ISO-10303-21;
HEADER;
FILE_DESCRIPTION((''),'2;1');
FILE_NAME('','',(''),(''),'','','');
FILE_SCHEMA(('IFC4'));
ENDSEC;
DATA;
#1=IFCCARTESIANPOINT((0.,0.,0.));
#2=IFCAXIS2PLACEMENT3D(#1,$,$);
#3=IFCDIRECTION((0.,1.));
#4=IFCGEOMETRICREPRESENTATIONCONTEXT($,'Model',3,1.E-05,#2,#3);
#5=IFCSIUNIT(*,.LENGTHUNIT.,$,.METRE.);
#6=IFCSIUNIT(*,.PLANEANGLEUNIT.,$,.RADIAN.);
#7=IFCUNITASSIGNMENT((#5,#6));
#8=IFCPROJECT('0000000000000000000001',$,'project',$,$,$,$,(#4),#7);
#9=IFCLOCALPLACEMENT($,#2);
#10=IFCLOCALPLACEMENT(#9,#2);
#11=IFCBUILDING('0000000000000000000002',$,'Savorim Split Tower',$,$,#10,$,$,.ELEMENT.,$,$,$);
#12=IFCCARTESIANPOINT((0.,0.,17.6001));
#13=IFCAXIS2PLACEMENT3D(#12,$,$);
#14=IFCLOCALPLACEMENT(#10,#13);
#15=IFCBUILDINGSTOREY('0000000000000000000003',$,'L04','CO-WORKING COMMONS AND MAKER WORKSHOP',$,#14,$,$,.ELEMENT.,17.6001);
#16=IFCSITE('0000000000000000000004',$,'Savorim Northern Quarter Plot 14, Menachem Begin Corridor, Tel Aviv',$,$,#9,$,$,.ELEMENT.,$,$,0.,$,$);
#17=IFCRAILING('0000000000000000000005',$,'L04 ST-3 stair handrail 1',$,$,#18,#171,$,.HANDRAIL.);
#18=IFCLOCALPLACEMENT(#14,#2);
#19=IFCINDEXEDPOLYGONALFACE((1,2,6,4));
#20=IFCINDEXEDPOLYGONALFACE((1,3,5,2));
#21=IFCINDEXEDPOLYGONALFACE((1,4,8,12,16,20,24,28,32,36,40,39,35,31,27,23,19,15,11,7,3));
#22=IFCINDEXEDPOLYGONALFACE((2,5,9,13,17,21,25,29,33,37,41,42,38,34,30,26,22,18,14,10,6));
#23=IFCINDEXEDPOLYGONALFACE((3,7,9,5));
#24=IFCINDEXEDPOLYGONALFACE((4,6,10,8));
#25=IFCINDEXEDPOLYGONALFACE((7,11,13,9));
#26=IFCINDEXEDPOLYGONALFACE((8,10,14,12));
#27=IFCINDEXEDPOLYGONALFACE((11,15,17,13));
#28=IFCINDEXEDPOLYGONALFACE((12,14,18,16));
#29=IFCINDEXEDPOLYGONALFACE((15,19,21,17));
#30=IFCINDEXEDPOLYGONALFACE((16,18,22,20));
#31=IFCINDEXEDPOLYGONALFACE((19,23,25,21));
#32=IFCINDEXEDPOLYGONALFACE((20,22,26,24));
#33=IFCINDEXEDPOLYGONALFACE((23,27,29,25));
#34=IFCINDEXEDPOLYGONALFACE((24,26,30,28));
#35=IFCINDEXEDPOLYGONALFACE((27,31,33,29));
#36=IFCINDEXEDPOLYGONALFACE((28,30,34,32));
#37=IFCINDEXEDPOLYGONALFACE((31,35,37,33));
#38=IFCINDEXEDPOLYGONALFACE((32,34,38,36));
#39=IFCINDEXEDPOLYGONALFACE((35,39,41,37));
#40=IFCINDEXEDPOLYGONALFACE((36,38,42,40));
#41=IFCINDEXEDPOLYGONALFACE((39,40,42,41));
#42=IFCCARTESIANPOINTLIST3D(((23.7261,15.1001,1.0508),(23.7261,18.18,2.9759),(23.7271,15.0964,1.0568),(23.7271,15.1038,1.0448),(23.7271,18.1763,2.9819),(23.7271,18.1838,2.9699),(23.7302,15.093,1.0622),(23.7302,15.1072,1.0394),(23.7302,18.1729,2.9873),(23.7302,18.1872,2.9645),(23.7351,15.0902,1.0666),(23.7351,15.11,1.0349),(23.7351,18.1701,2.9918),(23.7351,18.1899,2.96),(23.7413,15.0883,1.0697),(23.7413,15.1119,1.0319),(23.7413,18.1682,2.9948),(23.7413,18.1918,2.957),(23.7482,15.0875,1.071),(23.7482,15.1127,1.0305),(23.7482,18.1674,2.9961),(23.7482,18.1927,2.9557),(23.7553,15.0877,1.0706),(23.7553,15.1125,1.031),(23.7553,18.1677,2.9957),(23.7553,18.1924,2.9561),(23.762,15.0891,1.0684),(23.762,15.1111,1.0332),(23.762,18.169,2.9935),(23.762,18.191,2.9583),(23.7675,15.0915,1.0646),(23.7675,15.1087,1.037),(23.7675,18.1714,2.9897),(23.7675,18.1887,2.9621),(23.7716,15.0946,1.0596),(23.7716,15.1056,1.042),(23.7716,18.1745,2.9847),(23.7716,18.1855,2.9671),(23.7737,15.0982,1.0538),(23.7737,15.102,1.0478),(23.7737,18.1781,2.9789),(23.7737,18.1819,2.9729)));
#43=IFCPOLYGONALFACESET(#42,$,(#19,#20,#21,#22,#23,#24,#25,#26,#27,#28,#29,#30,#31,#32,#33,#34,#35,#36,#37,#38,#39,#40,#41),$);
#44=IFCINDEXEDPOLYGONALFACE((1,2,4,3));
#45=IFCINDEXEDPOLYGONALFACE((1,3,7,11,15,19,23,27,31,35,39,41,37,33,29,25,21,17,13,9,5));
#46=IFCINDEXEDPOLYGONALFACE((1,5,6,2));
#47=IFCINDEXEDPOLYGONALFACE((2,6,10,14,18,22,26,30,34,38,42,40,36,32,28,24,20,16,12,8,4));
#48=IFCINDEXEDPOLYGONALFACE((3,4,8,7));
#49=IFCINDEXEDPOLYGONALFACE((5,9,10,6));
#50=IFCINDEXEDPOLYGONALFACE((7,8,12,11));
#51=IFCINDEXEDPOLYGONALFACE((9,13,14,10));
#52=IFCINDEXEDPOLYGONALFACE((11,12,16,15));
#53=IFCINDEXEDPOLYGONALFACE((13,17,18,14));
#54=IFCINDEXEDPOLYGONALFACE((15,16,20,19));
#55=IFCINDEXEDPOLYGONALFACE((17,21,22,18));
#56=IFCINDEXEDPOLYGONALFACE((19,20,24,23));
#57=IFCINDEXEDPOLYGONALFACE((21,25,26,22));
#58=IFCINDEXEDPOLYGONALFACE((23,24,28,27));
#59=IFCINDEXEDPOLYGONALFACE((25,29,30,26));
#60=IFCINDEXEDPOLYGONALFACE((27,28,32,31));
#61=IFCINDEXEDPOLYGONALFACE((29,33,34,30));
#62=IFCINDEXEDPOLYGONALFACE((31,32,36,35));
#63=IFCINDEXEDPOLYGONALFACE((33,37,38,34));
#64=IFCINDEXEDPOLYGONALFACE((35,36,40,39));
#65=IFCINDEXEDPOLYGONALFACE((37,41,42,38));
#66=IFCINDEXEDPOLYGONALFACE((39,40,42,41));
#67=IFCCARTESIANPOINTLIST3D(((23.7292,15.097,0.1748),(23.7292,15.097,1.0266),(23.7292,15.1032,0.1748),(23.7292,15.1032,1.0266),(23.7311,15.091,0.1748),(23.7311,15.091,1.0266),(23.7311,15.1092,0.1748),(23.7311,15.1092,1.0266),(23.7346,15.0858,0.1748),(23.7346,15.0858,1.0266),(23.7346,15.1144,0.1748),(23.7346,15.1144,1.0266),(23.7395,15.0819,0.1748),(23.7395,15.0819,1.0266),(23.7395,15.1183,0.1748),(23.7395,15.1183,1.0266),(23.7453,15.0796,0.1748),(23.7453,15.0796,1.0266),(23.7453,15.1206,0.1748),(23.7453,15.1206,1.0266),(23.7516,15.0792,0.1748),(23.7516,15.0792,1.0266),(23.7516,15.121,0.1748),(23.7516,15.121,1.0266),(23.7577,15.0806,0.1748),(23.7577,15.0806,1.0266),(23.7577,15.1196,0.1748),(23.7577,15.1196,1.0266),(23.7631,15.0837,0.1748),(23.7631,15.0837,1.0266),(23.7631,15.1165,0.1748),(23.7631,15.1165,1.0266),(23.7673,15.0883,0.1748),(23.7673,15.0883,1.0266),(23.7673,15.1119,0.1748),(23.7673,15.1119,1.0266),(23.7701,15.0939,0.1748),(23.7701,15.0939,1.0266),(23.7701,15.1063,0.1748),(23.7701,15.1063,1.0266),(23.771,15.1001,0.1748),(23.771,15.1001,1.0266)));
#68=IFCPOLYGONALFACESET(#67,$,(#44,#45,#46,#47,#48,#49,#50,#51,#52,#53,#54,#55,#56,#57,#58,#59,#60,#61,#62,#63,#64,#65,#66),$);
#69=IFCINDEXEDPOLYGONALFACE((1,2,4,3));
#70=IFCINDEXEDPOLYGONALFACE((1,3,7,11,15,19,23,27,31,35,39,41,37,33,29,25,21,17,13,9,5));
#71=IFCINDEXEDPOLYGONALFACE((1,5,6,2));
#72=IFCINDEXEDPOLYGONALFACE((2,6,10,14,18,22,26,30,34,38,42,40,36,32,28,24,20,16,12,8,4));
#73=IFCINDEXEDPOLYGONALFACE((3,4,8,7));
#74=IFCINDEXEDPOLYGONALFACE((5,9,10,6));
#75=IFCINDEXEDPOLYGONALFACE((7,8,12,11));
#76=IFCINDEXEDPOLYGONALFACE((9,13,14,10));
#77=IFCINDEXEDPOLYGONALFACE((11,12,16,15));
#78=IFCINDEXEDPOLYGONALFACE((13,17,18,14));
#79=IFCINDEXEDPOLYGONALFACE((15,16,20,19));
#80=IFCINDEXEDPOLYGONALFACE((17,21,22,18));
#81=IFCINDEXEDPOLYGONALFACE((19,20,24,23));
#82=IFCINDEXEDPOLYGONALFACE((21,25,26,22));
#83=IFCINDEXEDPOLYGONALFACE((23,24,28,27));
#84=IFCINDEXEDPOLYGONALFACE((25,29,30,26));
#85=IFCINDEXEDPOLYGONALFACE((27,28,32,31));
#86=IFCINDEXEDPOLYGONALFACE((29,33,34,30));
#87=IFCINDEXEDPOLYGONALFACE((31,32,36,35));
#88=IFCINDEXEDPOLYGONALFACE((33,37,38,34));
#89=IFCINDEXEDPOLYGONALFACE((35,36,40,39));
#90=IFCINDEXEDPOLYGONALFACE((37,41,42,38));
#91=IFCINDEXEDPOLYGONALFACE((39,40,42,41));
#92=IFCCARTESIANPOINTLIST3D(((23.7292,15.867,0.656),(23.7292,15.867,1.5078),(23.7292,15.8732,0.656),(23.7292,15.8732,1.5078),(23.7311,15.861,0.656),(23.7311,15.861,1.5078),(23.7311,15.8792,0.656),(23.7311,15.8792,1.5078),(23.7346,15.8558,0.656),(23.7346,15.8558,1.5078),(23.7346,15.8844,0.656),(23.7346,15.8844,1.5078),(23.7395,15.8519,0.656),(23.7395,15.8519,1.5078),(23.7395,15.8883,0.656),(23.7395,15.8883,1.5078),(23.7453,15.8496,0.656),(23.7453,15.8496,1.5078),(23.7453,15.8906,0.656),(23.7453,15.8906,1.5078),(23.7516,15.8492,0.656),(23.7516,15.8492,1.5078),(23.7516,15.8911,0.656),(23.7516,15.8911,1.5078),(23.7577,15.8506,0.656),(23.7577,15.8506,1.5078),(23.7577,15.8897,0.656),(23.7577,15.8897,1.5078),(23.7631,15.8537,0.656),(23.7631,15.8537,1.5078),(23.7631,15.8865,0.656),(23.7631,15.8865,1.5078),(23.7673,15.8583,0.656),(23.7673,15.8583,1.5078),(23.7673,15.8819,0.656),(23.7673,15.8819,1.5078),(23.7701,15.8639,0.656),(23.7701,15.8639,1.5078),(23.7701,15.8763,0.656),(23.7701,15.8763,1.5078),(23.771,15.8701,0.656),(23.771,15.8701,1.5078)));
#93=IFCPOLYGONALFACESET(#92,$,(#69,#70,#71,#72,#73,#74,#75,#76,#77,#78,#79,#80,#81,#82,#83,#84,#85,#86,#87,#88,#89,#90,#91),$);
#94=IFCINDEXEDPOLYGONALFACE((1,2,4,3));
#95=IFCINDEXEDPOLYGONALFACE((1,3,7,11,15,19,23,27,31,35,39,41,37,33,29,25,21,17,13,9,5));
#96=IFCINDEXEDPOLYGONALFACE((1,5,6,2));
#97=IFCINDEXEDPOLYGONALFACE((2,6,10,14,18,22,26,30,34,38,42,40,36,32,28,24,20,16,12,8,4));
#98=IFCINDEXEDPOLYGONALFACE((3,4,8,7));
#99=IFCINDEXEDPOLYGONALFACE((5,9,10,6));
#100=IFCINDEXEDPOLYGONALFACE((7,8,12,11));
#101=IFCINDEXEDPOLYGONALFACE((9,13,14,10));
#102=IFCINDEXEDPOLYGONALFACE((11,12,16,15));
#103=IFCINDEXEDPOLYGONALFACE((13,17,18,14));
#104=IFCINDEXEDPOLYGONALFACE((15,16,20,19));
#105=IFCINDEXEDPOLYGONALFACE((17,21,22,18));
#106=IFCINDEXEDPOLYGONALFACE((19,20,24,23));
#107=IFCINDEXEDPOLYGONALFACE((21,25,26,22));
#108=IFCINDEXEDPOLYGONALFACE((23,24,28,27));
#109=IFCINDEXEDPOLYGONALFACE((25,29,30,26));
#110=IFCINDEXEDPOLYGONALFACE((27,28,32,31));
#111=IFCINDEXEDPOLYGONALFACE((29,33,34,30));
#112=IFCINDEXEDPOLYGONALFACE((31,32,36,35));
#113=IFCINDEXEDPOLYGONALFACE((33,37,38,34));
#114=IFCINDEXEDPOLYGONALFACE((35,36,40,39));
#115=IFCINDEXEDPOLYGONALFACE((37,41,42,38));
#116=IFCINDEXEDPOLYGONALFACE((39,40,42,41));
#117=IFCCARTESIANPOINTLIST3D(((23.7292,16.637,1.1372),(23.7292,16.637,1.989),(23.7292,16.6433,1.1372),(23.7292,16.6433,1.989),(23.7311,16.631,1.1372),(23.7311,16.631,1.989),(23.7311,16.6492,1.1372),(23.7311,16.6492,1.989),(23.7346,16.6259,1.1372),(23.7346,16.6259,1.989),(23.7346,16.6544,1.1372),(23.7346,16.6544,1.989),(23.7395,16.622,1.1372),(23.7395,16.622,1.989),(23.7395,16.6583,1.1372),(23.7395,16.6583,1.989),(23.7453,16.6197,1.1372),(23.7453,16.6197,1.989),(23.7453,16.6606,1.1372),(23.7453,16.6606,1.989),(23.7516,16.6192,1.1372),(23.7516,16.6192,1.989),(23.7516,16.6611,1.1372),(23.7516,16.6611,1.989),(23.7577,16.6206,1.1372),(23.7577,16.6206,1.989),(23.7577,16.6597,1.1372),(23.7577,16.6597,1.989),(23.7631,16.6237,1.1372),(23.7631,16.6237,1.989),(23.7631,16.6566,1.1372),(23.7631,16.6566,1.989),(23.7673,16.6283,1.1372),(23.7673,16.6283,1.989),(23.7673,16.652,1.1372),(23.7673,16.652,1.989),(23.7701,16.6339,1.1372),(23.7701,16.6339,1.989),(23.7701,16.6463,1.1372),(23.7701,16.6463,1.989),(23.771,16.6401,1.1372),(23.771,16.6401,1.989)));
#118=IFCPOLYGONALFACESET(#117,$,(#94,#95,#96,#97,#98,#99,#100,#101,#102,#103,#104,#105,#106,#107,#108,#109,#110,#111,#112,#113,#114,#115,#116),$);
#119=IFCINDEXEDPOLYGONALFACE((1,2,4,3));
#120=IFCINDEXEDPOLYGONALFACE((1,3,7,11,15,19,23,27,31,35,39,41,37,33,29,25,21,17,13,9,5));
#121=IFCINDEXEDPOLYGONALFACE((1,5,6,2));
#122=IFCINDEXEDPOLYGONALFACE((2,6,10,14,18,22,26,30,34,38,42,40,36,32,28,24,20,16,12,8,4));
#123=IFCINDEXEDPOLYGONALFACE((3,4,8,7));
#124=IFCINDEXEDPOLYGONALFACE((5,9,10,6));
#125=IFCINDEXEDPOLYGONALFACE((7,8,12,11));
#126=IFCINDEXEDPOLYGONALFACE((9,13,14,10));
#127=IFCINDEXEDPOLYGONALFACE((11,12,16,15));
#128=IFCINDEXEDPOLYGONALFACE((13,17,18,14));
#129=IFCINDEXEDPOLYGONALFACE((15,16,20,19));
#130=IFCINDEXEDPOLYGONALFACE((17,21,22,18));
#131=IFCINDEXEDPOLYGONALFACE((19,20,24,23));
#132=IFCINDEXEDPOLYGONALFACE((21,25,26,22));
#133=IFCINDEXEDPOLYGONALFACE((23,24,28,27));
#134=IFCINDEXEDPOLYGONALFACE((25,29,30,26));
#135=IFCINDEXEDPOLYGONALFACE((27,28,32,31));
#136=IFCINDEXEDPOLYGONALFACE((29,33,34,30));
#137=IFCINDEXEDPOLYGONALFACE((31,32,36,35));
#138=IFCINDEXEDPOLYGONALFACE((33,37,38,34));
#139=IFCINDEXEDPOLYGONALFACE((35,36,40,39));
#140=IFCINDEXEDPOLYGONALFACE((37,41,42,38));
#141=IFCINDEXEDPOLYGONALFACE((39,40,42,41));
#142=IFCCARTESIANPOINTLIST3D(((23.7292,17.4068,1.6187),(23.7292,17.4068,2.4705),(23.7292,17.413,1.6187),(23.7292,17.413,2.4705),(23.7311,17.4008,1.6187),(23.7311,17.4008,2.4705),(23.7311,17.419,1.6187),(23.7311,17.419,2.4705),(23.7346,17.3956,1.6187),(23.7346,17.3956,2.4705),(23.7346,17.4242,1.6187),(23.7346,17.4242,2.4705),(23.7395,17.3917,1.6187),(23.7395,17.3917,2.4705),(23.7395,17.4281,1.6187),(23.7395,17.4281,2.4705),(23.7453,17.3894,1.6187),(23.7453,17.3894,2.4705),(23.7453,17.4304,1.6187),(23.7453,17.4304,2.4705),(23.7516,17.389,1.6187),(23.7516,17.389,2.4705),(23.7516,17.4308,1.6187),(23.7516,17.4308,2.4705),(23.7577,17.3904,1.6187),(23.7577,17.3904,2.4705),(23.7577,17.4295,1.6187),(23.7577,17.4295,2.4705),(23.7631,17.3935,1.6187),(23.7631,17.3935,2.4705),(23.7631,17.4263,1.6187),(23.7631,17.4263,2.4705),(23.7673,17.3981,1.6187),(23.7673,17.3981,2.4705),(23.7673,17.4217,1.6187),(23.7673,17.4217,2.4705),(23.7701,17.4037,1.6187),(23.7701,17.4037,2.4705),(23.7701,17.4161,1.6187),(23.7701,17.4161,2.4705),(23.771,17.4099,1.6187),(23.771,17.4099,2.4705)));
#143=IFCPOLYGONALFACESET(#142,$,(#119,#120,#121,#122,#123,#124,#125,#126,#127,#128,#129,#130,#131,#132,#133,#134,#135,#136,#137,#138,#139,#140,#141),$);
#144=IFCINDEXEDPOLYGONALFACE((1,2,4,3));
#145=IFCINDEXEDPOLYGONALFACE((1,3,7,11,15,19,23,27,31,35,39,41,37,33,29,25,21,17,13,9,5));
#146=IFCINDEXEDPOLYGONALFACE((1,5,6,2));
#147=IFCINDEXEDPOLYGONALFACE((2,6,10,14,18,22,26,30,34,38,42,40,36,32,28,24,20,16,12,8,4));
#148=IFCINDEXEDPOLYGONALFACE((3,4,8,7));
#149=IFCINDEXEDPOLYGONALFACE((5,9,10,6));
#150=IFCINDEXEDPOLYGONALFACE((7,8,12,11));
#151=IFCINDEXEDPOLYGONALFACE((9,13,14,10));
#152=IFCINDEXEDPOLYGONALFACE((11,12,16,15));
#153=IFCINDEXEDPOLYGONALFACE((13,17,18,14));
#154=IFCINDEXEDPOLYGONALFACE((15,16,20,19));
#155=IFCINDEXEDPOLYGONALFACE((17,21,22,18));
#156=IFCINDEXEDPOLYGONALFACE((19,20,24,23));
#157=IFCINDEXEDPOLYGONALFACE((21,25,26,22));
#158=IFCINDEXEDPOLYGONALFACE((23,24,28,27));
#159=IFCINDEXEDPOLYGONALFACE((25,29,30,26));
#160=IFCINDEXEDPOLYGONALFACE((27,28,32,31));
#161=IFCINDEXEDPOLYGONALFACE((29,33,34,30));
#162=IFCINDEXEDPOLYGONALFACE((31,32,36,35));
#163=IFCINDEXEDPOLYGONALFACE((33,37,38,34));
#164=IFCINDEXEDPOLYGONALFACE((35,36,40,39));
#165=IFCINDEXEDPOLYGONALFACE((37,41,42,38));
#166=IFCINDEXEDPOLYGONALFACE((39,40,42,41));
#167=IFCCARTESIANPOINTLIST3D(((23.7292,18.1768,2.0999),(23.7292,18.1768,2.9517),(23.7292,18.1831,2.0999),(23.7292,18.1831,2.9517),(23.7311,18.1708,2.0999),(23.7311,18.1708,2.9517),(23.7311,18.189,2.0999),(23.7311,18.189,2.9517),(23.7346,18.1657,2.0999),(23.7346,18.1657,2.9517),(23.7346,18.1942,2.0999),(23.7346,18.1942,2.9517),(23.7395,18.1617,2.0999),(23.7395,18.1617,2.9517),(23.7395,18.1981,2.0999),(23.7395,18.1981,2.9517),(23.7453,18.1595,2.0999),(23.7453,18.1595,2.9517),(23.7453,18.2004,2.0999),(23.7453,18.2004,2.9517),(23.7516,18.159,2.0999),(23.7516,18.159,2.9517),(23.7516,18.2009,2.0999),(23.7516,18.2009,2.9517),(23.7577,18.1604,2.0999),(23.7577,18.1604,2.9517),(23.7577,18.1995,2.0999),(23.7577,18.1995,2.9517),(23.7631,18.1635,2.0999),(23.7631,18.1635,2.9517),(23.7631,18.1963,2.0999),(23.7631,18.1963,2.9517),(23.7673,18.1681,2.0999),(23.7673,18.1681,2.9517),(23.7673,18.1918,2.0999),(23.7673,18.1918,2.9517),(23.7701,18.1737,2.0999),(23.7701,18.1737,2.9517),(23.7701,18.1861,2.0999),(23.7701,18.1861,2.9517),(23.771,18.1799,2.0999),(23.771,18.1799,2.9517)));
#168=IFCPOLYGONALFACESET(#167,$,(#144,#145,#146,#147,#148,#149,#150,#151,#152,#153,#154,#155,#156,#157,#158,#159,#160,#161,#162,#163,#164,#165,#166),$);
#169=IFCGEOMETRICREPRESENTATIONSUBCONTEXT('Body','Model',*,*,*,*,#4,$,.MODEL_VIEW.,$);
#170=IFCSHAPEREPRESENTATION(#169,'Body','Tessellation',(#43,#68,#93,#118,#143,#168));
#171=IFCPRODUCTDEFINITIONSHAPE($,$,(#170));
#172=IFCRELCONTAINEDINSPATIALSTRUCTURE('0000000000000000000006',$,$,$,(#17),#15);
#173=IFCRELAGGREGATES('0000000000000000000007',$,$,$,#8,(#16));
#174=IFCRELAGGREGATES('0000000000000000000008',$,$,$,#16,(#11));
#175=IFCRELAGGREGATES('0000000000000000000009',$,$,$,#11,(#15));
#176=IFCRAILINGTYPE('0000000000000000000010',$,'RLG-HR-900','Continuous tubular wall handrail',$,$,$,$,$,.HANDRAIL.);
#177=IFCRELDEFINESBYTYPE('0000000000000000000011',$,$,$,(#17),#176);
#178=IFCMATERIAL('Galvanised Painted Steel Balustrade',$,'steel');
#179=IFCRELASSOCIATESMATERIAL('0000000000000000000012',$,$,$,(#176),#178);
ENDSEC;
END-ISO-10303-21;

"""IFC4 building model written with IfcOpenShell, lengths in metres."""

from ifc_helpers import new_model, si_unit, direction, frame, origin, origin_2d, place, context, subcontext, project, spatial, circle, extrude, material, type_object, element, save


model = new_model("IFC4")

# Units and contexts
model_context = context("Model", 3, precision=1e-05, world=origin(), true_north=direction((0.0, 1.0)))
body_context = subcontext(model_context, "Body", "Model", "MODEL_VIEW")
ifc_project = project(units=[si_unit("LENGTHUNIT", "METRE"), si_unit("PLANEANGLEUNIT", "RADIAN")], contexts=[model_context])

# Site, building, storey
site_placement = place(None, origin())
site = spatial("IfcSite", under=ifc_project, at=site_placement, Name="Savorim Northern Quarter Plot 14, Menachem Begin Corridor, Tel Aviv", CompositionType="ELEMENT", RefElevation=0.0)
building_placement = place(site_placement, origin())
building = spatial("IfcBuilding", under=site, at=building_placement, Name="Savorim Split Tower", CompositionType="ELEMENT")
storey_placement = place(building_placement, frame((0.0, 0.0, 17.6001)))
storey = spatial("IfcBuildingStorey", under=building, at=storey_placement, Name="L04", Description="CO-WORKING COMMONS AND MAKER WORKSHOP", CompositionType="ELEMENT", Elevation=17.6001)

# Railing
ifc_material_1 = material(Name="Galvanised Painted Steel Balustrade", Category="steel")
railing_type_1 = type_object("IfcRailingType", Name="RLG-HR-900", Description="Continuous tubular wall handrail", PredefinedType="HANDRAIL", material=ifc_material_1)
railing_1_placement = place(storey_placement, frame((23.75, 15.1001, 0.1748)))
element("IfcRailing", 1, at=railing_1_placement, inside=storey, type_object=railing_type_1, Name="L04 ST-3 stair handrail 1", PredefinedType="HANDRAIL", context=body_context, shape_type="SweptSolid", body=[
    extrude(circle(Radius=0.0239, at=origin_2d()), frame((0.0, 0.0, 0.876), z_axis=(0.0, 0.847979, 0.530029), x_axis=(-1.0, 0.0, 0.0)), (0.0, 0.0, 1.0), 3.6321),
    extrude(circle(Radius=0.021, at=origin_2d()), origin(), (0.0, 0.0, 1.0), 0.8518),
    extrude(circle(Radius=0.021, at=origin_2d()), frame((0.0, 0.77, 0.4812)), (0.0, 0.0, 1.0), 0.8518),
    extrude(circle(Radius=0.021, at=origin_2d()), frame((0.0, 1.54, 0.9624)), (0.0, 0.0, 1.0), 0.8518),
    extrude(circle(Radius=0.021, at=origin_2d()), frame((0.0, 2.3098, 1.4438)), (0.0, 0.0, 1.0), 0.8518),
    extrude(circle(Radius=0.021, at=origin_2d()), frame((0.0, 3.0798, 1.925)), (0.0, 0.0, 1.0), 0.8518),
])

save(model, "model.ifc")
